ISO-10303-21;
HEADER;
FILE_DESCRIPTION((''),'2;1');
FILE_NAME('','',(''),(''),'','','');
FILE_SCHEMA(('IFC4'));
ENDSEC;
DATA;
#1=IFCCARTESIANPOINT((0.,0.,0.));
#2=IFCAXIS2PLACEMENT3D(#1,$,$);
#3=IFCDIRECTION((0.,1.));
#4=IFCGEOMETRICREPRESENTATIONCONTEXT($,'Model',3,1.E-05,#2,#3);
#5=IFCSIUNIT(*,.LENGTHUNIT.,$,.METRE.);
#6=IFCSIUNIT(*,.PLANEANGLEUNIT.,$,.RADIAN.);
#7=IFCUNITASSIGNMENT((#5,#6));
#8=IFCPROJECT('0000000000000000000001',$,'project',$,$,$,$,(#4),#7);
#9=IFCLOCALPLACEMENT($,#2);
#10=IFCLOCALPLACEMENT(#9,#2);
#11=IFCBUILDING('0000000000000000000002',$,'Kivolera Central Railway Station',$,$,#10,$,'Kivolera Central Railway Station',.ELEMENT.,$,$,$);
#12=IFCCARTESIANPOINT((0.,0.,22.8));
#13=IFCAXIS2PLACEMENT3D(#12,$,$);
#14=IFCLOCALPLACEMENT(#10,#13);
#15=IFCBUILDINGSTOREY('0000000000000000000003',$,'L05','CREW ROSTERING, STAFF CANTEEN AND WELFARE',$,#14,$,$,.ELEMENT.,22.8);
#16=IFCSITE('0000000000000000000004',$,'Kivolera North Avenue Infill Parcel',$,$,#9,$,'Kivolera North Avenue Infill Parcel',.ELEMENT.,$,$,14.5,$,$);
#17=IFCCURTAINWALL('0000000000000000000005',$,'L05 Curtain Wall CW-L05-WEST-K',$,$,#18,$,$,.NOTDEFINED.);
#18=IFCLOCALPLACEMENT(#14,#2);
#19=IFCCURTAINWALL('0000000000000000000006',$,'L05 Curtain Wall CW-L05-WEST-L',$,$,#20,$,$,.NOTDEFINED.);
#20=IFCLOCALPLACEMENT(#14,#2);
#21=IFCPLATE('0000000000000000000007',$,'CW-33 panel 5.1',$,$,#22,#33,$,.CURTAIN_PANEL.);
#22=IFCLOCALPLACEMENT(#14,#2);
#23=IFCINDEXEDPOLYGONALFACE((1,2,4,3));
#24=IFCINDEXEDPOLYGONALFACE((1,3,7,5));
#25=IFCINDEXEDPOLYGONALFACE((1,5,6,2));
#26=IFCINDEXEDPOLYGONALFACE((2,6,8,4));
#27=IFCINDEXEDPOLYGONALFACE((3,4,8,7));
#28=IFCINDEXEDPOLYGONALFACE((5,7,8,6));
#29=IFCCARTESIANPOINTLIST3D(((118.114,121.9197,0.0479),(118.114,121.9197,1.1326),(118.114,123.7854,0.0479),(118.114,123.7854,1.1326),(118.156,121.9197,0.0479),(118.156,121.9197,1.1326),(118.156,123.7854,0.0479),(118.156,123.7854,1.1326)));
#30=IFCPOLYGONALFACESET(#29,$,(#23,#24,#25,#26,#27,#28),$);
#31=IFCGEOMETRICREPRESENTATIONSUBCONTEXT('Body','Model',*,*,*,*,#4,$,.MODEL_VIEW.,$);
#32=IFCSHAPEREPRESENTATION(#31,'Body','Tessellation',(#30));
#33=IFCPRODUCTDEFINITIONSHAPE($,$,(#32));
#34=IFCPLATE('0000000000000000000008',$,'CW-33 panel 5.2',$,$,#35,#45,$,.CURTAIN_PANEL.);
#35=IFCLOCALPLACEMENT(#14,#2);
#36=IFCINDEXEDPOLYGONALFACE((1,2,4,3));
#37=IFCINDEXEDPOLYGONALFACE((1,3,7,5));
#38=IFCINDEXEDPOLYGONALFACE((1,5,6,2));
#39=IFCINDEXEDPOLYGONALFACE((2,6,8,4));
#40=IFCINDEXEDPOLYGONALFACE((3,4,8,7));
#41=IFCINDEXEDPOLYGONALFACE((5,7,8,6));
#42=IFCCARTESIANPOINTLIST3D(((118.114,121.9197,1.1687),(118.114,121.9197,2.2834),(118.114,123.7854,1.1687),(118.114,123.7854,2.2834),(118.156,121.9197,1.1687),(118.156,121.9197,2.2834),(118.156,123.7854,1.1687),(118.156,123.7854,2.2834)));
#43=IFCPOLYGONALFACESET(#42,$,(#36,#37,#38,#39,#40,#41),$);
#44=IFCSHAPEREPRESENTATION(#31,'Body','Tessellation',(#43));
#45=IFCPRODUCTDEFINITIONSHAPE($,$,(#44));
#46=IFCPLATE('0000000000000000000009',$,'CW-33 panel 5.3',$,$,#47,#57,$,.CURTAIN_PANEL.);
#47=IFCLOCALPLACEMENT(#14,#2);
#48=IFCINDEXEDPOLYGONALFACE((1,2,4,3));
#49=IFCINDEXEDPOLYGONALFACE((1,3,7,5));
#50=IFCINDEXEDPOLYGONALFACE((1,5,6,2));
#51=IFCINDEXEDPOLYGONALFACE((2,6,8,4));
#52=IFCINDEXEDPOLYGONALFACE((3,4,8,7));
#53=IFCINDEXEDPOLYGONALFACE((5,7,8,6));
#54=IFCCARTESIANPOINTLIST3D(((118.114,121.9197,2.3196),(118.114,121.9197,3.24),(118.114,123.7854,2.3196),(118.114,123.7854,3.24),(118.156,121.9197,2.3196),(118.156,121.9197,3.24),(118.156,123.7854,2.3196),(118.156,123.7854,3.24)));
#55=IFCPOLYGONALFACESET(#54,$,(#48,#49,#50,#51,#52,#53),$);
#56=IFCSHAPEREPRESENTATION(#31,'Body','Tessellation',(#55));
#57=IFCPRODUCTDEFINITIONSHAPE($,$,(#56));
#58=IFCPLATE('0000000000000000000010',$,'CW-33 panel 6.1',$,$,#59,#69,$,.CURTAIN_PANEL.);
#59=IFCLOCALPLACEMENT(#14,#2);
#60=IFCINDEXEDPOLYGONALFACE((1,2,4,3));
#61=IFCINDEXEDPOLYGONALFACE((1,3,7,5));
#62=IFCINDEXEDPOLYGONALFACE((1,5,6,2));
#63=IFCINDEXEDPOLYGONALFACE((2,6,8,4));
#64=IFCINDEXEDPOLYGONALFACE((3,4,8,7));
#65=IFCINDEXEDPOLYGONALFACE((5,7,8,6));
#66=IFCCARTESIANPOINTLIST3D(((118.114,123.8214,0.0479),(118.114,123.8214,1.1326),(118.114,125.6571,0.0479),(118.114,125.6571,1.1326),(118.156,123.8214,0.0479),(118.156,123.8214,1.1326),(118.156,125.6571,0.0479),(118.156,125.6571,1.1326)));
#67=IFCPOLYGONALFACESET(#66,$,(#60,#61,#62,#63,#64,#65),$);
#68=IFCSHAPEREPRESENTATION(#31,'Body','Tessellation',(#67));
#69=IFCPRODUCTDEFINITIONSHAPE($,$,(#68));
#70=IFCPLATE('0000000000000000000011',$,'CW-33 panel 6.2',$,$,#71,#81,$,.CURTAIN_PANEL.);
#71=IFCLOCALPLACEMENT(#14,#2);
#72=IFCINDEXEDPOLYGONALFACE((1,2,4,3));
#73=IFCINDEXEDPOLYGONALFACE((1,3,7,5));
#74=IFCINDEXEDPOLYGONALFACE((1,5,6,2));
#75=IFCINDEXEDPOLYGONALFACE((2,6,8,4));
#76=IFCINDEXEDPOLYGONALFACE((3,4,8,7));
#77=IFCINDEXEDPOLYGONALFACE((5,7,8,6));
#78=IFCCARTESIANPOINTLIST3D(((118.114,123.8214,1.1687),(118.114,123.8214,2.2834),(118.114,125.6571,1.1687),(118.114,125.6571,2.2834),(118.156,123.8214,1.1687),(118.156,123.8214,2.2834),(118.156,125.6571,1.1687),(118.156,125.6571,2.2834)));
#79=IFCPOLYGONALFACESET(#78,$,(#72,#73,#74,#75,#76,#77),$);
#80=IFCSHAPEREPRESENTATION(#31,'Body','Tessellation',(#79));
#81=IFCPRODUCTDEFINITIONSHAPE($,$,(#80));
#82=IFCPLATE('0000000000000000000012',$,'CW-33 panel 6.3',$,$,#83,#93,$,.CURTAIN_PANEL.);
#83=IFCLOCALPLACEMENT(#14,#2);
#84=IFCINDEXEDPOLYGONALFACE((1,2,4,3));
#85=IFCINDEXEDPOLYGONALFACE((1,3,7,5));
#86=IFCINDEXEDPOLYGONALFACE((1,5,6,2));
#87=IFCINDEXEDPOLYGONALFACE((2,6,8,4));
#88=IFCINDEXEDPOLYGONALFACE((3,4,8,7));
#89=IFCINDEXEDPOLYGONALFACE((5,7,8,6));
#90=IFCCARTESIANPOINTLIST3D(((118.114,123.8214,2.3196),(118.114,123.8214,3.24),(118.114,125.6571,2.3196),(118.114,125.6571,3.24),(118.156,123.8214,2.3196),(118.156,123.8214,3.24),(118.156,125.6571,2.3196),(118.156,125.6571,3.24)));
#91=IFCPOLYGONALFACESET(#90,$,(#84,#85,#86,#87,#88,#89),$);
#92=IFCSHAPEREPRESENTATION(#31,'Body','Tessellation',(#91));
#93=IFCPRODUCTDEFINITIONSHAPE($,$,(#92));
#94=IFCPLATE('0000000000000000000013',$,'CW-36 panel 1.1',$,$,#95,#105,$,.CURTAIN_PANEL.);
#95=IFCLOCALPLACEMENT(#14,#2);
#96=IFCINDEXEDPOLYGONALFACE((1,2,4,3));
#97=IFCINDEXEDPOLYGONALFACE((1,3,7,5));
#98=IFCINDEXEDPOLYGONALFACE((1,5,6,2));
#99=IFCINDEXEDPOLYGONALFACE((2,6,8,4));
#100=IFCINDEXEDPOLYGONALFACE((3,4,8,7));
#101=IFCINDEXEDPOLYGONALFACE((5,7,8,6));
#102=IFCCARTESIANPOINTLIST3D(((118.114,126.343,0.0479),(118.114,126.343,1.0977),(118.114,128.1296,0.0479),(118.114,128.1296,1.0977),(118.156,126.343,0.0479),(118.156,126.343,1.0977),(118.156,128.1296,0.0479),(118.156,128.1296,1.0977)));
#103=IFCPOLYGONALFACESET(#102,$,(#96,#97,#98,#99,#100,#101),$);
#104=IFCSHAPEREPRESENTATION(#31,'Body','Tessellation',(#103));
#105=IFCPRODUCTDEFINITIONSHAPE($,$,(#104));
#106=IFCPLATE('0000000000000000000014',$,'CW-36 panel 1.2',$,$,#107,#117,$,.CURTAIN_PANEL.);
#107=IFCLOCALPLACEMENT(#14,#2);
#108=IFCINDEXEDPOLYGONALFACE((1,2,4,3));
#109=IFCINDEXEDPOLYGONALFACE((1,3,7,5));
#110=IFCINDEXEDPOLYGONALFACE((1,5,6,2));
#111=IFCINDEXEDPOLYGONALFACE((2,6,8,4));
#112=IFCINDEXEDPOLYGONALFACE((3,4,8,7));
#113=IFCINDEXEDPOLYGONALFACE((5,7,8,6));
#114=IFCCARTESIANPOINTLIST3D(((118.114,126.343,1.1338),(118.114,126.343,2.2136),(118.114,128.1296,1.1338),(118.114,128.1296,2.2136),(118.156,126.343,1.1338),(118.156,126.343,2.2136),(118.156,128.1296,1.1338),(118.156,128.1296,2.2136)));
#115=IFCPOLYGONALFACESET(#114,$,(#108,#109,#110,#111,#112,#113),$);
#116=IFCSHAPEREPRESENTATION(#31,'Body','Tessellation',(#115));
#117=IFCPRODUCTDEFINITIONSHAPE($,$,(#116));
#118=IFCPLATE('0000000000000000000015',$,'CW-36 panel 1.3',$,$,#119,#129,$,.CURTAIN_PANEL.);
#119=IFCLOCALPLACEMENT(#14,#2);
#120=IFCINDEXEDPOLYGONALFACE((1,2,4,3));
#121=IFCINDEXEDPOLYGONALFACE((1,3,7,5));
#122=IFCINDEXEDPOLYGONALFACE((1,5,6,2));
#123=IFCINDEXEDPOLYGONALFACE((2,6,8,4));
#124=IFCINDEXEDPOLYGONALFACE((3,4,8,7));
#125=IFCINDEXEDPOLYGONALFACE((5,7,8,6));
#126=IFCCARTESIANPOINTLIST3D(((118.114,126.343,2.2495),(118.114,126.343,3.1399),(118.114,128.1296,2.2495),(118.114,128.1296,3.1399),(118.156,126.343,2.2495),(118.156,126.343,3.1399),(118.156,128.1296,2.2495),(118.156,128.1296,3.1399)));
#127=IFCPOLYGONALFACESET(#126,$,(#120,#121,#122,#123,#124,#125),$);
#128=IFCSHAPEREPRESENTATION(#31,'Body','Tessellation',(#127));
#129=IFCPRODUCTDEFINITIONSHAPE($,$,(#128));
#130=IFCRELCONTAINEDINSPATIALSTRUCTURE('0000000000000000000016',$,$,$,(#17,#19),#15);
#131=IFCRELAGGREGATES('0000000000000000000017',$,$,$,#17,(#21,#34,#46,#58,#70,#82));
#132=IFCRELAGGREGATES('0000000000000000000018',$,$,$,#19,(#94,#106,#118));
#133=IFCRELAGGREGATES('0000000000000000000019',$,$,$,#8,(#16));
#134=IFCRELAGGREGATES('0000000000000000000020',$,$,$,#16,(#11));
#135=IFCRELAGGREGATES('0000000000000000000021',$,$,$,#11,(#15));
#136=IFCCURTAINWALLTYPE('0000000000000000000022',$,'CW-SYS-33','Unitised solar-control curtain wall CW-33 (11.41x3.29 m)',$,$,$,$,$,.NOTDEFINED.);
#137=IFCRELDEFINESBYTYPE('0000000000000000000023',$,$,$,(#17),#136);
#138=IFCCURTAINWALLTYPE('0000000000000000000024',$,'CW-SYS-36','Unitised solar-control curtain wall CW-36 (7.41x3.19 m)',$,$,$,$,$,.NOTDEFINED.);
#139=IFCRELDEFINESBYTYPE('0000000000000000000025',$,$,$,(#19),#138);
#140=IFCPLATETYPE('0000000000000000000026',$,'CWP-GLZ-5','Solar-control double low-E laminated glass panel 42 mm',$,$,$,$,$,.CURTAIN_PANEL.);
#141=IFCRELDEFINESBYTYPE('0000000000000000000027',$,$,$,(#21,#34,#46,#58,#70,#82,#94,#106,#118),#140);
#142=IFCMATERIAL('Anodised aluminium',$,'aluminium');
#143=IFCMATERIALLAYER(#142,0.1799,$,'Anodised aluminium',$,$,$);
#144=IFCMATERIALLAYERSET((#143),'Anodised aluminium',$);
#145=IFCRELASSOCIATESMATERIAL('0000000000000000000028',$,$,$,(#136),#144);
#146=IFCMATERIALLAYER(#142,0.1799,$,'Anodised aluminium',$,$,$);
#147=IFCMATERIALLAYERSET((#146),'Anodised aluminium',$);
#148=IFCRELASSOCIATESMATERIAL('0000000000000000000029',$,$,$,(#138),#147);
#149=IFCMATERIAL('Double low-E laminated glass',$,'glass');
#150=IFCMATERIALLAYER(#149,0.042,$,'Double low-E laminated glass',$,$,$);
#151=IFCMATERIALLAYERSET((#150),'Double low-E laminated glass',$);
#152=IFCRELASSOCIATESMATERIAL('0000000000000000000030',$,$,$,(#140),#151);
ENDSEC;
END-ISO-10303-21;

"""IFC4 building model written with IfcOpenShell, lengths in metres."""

from ifc_helpers import new_model, si_unit, direction, frame, origin, origin_2d, place, context, subcontext, project, spatial, rectangle, extrude, material, layer, layer_set, type_object, element, aggregate, save


model = new_model("IFC4")

# Units and contexts
model_context = context("Model", 3, precision=1e-05, world=origin(), true_north=direction((0.0, 1.0)))
body_context = subcontext(model_context, "Body", "Model", "MODEL_VIEW")
ifc_project = project(units=[si_unit("LENGTHUNIT", "METRE"), si_unit("PLANEANGLEUNIT", "RADIAN")], contexts=[model_context])

# Site, building, storey
site_placement = place(None, origin())
site = spatial("IfcSite", under=ifc_project, at=site_placement, Name="Kivolera North Avenue Infill Parcel", LongName="Kivolera North Avenue Infill Parcel", CompositionType="ELEMENT", RefElevation=14.5)
building_placement = place(site_placement, origin())
building = spatial("IfcBuilding", under=site, at=building_placement, Name="Kivolera Central Railway Station", LongName="Kivolera Central Railway Station", CompositionType="ELEMENT")
storey_placement = place(building_placement, frame((0.0, 0.0, 22.8)))
storey = spatial("IfcBuildingStorey", under=building, at=storey_placement, Name="L05", Description="CREW ROSTERING, STAFF CANTEEN AND WELFARE", CompositionType="ELEMENT", Elevation=22.8)

# Curtain wall
ifc_material_1 = material(Name="Anodised aluminium", Category="aluminium")
ifc_layer_1 = layer(ifc_material_1, 0.1799, Name="Anodised aluminium")
ifc_layer_set_1 = layer_set([ifc_layer_1], Name="Anodised aluminium")
curtain_wall_type_1 = type_object("IfcCurtainWallType", Name="CW-SYS-33", Description="Unitised solar-control curtain wall CW-33 (11.41x3.29 m)", PredefinedType="NOTDEFINED", material=ifc_layer_set_1)
curtain_wall_1_placement = place(storey_placement, origin())
curtain_wall_1 = element("IfcCurtainWall", 1, at=curtain_wall_1_placement, inside=storey, type_object=curtain_wall_type_1, Name="L05 Curtain Wall CW-L05-WEST-K", PredefinedType="NOTDEFINED")

# Curtain wall
ifc_layer_2 = layer(ifc_material_1, 0.1799, Name="Anodised aluminium")
ifc_layer_set_2 = layer_set([ifc_layer_2], Name="Anodised aluminium")
curtain_wall_type_2 = type_object("IfcCurtainWallType", Name="CW-SYS-36", Description="Unitised solar-control curtain wall CW-36 (7.41x3.19 m)", PredefinedType="NOTDEFINED", material=ifc_layer_set_2)
curtain_wall_2_placement = place(storey_placement, origin())
curtain_wall_2 = element("IfcCurtainWall", 2, at=curtain_wall_2_placement, inside=storey, type_object=curtain_wall_type_2, Name="L05 Curtain Wall CW-L05-WEST-L", PredefinedType="NOTDEFINED")

# Plates
ifc_material_2 = material(Name="Double low-E laminated glass", Category="glass")
ifc_layer_3 = layer(ifc_material_2, 0.042, Name="Double low-E laminated glass")
ifc_layer_set_3 = layer_set([ifc_layer_3], Name="Double low-E laminated glass")
plate_type = type_object("IfcPlateType", Name="CWP-GLZ-5", Description="Solar-control double low-E laminated glass panel 42 mm", PredefinedType="CURTAIN_PANEL", material=ifc_layer_set_3)
plate_1_placement = place(storey_placement, frame((118.135, 122.8525, 0.0479), z_axis=(0.0, 0.0, 1.0), x_axis=(0.0, 1.0, 0.0)))
plate_1 = element("IfcPlate", 3, at=plate_1_placement, type_object=plate_type, Name="CW-33 panel 5.1", PredefinedType="CURTAIN_PANEL", context=body_context, shape_type="SweptSolid", body=[
    extrude(rectangle(XDim=1.8657, YDim=0.042, at=origin_2d()), origin(), (0.0, 0.0, 1.0), 1.0847),
])
plate_2_placement = place(storey_placement, frame((118.135, 122.8525, 1.1687), z_axis=(0.0, 0.0, 1.0), x_axis=(0.0, 1.0, 0.0)))
plate_2 = element("IfcPlate", 4, at=plate_2_placement, type_object=plate_type, Name="CW-33 panel 5.2", PredefinedType="CURTAIN_PANEL", context=body_context, shape_type="SweptSolid", body=[
    extrude(rectangle(XDim=1.8657, YDim=0.042, at=origin_2d()), origin(), (0.0, 0.0, 1.0), 1.1147),
])
plate_3_placement = place(storey_placement, frame((118.135, 122.8525, 2.3196), z_axis=(0.0, 0.0, 1.0), x_axis=(0.0, 1.0, 0.0)))
plate_3 = element("IfcPlate", 5, at=plate_3_placement, type_object=plate_type, Name="CW-33 panel 5.3", PredefinedType="CURTAIN_PANEL", context=body_context, shape_type="SweptSolid", body=[
    extrude(rectangle(XDim=1.8657, YDim=0.042, at=origin_2d()), origin(), (0.0, 0.0, 1.0), 0.9204),
])
plate_4_placement = place(storey_placement, frame((118.135, 124.7393, 0.0479), z_axis=(0.0, 0.0, 1.0), x_axis=(0.0, 1.0, 0.0)))
plate_4 = element("IfcPlate", 6, at=plate_4_placement, type_object=plate_type, Name="CW-33 panel 6.1", PredefinedType="CURTAIN_PANEL", context=body_context, shape_type="SweptSolid", body=[
    extrude(rectangle(XDim=1.8357, YDim=0.042, at=origin_2d()), origin(), (0.0, 0.0, 1.0), 1.0847),
])
plate_5_placement = place(storey_placement, frame((118.135, 124.7393, 1.1687), z_axis=(0.0, 0.0, 1.0), x_axis=(0.0, 1.0, 0.0)))
plate_5 = element("IfcPlate", 7, at=plate_5_placement, type_object=plate_type, Name="CW-33 panel 6.2", PredefinedType="CURTAIN_PANEL", context=body_context, shape_type="SweptSolid", body=[
    extrude(rectangle(XDim=1.8357, YDim=0.042, at=origin_2d()), origin(), (0.0, 0.0, 1.0), 1.1147),
])
plate_6_placement = place(storey_placement, frame((118.135, 124.7393, 2.3196), z_axis=(0.0, 0.0, 1.0), x_axis=(0.0, 1.0, 0.0)))
plate_6 = element("IfcPlate", 8, at=plate_6_placement, type_object=plate_type, Name="CW-33 panel 6.3", PredefinedType="CURTAIN_PANEL", context=body_context, shape_type="SweptSolid", body=[
    extrude(rectangle(XDim=1.8357, YDim=0.042, at=origin_2d()), origin(), (0.0, 0.0, 1.0), 0.9204),
])
aggregate(curtain_wall_1, [plate_1, plate_2, plate_3, plate_4, plate_5, plate_6])
plate_7_placement = place(storey_placement, frame((118.135, 127.2363, 0.0479), z_axis=(0.0, 0.0, 1.0), x_axis=(0.0, 1.0, 0.0)))
plate_7 = element("IfcPlate", 9, at=plate_7_placement, type_object=plate_type, Name="CW-36 panel 1.1", PredefinedType="CURTAIN_PANEL", context=body_context, shape_type="SweptSolid", body=[
    extrude(rectangle(XDim=1.7866, YDim=0.042, at=origin_2d()), origin(), (0.0, 0.0, 1.0), 1.0498),
])
plate_8_placement = place(storey_placement, frame((118.135, 127.2363, 1.1338), z_axis=(0.0, 0.0, 1.0), x_axis=(0.0, 1.0, 0.0)))
plate_8 = element("IfcPlate", 10, at=plate_8_placement, type_object=plate_type, Name="CW-36 panel 1.2", PredefinedType="CURTAIN_PANEL", context=body_context, shape_type="SweptSolid", body=[
    extrude(rectangle(XDim=1.7866, YDim=0.042, at=origin_2d()), origin(), (0.0, 0.0, 1.0), 1.0798),
])
plate_9_placement = place(storey_placement, frame((118.135, 127.2363, 2.2495), z_axis=(0.0, 0.0, 1.0), x_axis=(0.0, 1.0, 0.0)))
plate_9 = element("IfcPlate", 11, at=plate_9_placement, type_object=plate_type, Name="CW-36 panel 1.3", PredefinedType="CURTAIN_PANEL", context=body_context, shape_type="SweptSolid", body=[
    extrude(rectangle(XDim=1.7866, YDim=0.042, at=origin_2d()), origin(), (0.0, 0.0, 1.0), 0.8904),
])
aggregate(curtain_wall_2, [plate_7, plate_8, plate_9])

save(model, "model.ifc")
